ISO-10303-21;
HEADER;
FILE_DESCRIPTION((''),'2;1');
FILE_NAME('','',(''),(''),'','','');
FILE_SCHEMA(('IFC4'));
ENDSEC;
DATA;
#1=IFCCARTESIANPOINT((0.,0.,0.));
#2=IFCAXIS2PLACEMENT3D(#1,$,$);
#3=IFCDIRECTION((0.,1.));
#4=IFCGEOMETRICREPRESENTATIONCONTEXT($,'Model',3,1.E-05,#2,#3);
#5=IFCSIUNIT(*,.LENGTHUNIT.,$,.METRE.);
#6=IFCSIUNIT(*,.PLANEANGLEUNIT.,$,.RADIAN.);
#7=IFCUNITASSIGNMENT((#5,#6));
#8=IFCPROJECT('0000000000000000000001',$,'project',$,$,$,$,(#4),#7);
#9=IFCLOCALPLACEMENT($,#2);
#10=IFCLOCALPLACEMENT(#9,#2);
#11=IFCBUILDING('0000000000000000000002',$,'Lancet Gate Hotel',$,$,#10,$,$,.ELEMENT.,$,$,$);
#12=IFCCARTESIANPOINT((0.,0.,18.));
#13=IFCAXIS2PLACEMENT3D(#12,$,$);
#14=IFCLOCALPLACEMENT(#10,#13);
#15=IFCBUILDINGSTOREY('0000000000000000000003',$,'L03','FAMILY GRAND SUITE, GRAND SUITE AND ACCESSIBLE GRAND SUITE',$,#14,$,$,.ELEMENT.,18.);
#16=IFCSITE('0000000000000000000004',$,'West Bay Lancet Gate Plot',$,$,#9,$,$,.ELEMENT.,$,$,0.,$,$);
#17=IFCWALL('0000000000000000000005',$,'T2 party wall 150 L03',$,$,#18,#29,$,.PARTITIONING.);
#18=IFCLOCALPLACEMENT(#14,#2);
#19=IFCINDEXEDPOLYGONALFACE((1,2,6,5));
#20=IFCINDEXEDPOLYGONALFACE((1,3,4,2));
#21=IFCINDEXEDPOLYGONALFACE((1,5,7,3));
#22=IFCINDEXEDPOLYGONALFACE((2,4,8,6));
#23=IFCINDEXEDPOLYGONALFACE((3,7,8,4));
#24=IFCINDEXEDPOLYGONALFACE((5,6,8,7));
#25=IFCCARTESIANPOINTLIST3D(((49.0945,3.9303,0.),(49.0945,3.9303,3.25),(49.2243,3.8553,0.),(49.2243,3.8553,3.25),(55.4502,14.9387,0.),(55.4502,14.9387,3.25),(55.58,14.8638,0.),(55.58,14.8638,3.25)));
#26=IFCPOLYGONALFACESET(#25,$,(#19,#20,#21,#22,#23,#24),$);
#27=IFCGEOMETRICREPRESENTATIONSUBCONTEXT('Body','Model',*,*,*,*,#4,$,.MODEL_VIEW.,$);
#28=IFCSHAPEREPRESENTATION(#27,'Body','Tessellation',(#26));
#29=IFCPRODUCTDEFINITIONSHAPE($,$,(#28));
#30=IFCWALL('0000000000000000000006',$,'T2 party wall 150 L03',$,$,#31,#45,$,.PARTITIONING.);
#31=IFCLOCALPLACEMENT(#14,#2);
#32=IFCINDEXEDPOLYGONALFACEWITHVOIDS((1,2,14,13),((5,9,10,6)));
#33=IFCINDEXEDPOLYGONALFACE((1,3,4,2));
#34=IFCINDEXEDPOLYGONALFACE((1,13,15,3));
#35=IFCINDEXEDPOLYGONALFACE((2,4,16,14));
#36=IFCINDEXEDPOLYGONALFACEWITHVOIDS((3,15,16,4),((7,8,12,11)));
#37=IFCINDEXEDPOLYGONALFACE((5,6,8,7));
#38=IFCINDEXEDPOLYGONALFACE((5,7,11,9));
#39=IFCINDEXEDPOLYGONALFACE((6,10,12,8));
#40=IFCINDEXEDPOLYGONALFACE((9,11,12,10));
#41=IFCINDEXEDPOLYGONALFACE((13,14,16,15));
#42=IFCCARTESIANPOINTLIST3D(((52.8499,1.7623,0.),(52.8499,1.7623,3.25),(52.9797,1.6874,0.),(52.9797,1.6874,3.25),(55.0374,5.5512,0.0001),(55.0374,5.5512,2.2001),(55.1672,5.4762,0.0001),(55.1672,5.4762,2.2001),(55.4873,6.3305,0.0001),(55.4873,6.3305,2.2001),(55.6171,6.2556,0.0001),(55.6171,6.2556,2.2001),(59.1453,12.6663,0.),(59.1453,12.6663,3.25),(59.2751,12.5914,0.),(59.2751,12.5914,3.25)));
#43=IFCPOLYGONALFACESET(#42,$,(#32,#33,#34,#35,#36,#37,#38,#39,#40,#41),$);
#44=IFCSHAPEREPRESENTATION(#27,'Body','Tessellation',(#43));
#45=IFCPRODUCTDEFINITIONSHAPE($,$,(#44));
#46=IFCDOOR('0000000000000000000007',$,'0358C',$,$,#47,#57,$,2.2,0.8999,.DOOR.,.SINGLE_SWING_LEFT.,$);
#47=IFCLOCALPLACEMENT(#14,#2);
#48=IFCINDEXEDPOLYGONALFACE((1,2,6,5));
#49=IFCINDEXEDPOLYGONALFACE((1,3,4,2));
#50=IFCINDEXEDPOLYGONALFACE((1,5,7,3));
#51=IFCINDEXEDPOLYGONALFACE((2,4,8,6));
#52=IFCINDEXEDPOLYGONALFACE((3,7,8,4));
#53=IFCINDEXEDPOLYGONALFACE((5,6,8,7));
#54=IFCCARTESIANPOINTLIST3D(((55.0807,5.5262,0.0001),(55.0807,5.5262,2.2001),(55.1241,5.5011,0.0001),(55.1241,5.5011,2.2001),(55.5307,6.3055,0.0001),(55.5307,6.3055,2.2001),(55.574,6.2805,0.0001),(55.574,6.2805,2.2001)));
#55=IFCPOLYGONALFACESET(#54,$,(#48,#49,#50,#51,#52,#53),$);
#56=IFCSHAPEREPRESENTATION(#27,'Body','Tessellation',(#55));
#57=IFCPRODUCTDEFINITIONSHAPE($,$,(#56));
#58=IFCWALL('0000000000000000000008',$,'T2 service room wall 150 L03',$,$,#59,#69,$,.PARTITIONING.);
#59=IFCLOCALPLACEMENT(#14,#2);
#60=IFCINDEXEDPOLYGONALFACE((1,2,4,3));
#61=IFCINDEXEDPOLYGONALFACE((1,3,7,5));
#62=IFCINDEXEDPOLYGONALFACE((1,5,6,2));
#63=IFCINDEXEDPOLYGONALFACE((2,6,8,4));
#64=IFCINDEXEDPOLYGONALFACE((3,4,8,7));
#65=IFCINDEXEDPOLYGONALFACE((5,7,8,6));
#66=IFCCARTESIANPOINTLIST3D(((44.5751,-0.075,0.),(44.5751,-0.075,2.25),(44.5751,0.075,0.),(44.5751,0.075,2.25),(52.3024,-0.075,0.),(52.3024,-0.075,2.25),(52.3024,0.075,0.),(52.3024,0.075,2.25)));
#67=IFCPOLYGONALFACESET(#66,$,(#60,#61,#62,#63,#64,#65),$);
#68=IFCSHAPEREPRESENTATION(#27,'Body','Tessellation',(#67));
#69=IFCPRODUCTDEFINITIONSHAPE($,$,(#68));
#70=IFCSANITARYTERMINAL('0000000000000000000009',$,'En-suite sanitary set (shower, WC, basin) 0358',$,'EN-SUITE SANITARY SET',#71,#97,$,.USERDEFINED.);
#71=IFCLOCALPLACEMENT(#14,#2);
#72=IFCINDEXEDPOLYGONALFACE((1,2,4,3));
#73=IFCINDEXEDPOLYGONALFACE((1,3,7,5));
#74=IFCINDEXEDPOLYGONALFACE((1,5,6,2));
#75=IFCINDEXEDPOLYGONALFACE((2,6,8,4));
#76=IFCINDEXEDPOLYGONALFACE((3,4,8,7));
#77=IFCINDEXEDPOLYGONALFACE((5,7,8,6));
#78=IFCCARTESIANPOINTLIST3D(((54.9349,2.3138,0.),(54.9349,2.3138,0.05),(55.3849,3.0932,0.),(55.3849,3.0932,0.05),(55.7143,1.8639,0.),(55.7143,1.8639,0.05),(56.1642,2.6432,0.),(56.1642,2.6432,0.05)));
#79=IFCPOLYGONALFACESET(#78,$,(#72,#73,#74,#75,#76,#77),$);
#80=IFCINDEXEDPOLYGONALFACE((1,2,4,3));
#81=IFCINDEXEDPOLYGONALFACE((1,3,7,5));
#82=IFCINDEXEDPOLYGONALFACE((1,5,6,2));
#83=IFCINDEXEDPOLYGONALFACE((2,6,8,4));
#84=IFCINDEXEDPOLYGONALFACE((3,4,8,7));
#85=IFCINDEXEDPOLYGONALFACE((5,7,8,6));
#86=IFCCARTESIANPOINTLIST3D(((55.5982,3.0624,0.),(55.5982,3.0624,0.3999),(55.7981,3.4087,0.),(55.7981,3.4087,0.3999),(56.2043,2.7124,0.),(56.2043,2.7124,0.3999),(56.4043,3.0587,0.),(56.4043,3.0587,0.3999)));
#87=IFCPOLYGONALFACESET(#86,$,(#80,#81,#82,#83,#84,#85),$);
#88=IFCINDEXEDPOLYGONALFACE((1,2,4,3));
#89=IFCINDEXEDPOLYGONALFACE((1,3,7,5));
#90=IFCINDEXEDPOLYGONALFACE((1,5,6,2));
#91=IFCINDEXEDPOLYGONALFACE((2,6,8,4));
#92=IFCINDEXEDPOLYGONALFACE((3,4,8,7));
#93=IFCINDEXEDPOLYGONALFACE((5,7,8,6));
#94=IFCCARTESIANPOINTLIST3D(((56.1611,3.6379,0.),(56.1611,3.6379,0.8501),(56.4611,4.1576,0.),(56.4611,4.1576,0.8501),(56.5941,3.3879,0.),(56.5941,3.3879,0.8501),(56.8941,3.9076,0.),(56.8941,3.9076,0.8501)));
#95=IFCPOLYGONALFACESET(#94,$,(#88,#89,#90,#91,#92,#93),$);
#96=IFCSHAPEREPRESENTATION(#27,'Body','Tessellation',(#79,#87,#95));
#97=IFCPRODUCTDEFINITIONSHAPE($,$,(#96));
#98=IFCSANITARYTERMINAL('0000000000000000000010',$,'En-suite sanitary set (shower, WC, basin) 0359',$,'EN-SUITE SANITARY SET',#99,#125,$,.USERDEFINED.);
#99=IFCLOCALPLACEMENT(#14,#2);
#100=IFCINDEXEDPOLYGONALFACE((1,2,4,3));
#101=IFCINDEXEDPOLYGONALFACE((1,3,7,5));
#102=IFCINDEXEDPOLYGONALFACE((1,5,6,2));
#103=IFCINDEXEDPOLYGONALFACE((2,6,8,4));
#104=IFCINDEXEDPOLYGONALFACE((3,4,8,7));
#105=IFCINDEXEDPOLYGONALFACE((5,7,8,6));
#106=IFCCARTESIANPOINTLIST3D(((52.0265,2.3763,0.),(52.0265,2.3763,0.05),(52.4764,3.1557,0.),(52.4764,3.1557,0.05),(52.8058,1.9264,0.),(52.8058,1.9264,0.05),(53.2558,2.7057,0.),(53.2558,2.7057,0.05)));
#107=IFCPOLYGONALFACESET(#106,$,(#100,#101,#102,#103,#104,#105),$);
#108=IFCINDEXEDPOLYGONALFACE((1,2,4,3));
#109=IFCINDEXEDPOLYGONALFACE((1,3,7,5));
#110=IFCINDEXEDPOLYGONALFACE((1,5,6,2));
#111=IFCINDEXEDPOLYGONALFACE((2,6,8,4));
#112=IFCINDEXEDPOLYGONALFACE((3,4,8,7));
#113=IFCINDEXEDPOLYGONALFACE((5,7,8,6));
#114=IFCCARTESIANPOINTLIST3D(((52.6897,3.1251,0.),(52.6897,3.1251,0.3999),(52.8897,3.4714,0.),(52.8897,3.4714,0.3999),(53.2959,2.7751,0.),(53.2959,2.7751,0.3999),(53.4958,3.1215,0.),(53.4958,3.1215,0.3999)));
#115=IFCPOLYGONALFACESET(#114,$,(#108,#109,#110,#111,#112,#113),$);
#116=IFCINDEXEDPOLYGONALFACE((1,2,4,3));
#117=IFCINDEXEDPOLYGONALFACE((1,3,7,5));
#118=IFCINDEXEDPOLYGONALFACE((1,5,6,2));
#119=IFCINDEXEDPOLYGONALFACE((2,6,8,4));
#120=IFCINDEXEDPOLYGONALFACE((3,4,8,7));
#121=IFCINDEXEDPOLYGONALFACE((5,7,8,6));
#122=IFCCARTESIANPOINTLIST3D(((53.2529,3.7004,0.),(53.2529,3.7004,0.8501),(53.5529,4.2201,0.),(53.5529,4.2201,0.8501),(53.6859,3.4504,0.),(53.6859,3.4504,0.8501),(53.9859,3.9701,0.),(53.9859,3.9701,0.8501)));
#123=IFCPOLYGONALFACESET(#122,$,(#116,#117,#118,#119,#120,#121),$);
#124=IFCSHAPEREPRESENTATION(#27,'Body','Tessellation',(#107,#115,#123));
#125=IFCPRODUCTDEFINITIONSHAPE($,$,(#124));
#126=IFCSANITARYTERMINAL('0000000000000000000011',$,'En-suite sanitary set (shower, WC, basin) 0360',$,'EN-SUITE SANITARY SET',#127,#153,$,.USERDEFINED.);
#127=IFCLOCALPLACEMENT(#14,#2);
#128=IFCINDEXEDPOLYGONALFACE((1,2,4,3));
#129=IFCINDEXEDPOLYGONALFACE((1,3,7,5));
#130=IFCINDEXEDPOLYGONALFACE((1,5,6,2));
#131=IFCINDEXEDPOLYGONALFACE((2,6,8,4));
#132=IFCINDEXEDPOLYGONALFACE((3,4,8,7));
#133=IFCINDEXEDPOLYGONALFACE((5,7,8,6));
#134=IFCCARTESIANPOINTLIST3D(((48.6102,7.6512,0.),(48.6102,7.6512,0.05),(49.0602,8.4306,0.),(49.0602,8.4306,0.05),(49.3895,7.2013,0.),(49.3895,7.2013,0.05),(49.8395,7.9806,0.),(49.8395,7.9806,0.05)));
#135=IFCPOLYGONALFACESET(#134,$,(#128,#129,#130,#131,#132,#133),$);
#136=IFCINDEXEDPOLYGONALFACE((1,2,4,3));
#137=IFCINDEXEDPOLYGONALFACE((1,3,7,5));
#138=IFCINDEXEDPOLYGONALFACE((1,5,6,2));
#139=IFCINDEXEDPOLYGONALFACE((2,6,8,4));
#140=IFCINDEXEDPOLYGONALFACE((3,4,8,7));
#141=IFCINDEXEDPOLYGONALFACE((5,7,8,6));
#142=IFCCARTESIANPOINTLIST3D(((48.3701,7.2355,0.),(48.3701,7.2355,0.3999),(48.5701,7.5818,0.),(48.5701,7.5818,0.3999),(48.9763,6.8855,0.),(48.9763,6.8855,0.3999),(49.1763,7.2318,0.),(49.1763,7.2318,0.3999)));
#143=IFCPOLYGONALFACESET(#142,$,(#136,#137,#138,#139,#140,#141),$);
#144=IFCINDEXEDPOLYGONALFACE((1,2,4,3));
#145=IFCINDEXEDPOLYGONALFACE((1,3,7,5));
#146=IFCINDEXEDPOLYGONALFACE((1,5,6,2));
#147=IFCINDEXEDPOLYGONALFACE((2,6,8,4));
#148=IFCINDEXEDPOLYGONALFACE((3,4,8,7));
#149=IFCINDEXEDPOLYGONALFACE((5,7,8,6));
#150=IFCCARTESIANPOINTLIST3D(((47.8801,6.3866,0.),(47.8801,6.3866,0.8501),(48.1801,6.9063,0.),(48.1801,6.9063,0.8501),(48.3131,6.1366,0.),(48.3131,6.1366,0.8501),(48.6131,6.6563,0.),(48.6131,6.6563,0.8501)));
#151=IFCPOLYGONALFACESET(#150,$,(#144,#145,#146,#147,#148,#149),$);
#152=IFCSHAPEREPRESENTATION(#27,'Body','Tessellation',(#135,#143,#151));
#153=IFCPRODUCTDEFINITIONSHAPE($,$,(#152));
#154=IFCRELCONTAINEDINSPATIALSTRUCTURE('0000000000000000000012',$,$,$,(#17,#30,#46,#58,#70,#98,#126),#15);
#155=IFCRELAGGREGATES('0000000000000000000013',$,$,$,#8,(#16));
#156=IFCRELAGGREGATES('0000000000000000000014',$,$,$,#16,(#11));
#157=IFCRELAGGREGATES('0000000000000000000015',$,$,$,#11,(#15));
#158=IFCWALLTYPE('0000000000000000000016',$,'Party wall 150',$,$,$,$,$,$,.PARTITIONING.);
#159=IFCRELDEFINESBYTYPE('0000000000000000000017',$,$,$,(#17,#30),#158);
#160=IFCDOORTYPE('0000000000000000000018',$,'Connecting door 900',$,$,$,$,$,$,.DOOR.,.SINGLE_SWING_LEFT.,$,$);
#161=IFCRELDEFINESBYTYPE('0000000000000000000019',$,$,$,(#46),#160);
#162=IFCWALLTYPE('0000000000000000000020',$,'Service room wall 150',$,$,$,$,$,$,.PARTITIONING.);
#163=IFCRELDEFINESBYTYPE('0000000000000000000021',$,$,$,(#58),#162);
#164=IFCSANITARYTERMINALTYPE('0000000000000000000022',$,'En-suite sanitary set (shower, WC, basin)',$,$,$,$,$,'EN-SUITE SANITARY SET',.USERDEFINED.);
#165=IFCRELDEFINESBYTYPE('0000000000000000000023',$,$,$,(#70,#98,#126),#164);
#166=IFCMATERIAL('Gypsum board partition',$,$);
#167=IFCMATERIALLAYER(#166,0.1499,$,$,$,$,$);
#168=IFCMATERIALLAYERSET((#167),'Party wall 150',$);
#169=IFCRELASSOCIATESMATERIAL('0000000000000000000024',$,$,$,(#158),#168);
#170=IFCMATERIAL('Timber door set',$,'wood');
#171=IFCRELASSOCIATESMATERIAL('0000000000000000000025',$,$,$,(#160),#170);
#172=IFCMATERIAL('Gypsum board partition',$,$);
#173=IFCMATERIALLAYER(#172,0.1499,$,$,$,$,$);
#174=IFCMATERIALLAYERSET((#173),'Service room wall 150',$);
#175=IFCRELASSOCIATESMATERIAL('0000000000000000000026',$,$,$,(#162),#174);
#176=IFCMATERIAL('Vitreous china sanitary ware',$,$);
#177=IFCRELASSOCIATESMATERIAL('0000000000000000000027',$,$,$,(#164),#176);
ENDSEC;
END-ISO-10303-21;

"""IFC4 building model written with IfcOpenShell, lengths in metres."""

from ifc_helpers import new_model, si_unit, direction, frame, frame_2d, origin, origin_2d, place, context, subcontext, project, spatial, rectangle, extrude, material, layer, layer_set, type_object, element, fill, save


model = new_model("IFC4")

# Units and contexts
model_context = context("Model", 3, precision=1e-05, world=origin(), true_north=direction((0.0, 1.0)))
body_context = subcontext(model_context, "Body", "Model", "MODEL_VIEW")
ifc_project = project(units=[si_unit("LENGTHUNIT", "METRE"), si_unit("PLANEANGLEUNIT", "RADIAN")], contexts=[model_context])

# Site, building, storey
site_placement = place(None, origin())
site = spatial("IfcSite", under=ifc_project, at=site_placement, Name="West Bay Lancet Gate Plot", CompositionType="ELEMENT", RefElevation=0.0)
building_placement = place(site_placement, origin())
building = spatial("IfcBuilding", under=site, at=building_placement, Name="Lancet Gate Hotel", CompositionType="ELEMENT")
storey_placement = place(building_placement, frame((0.0, 0.0, 18.0)))
storey = spatial("IfcBuildingStorey", under=building, at=storey_placement, Name="L03", Description="FAMILY GRAND SUITE, GRAND SUITE AND ACCESSIBLE GRAND SUITE", CompositionType="ELEMENT", Elevation=18.0)

# Wall
ifc_material_1 = material(Name="Gypsum board partition")
ifc_layer_1 = layer(ifc_material_1, 0.1499)
ifc_layer_set_1 = layer_set([ifc_layer_1], Name="Party wall 150")
wall_type_1 = type_object("IfcWallType", Name="Party wall 150", PredefinedType="PARTITIONING", material=ifc_layer_set_1)
wall_1_placement = place(storey_placement, frame((49.1594, 3.8928, 0.0), z_axis=(0.0, 0.0, 1.0), x_axis=(0.499996, 0.866028, 0.0)))
element("IfcWall", 1, at=wall_1_placement, inside=storey, type_object=wall_type_1, Name="T2 party wall 150 L03", PredefinedType="PARTITIONING", context=body_context, shape_type="SweptSolid", body=[
    extrude(rectangle(XDim=12.7114, YDim=0.1499, at=frame_2d((6.3557, 0.0))), origin(), (0.0, 0.0, 1.0), 3.25),
])

# Wall, opening, door
wall_2_placement = place(storey_placement, frame((52.9148, 1.7249, 0.0), z_axis=(0.0, 0.0, 1.0), x_axis=(0.499997, 0.866027, 0.0)))
wall_2 = element("IfcWall", 2, at=wall_2_placement, inside=storey, type_object=wall_type_1, Name="T2 party wall 150 L03", PredefinedType="PARTITIONING", context=body_context, shape_type="SweptSolid", body=[
    extrude(rectangle(XDim=12.5908, YDim=0.1499, at=frame_2d((6.2954, 0.0))), origin(), (0.0, 0.0, 1.0), 3.25),
])
opening_1_placement = place(wall_2_placement, frame((4.375, 0.0, 0.0)))
opening_1 = element("IfcOpeningElement", 3, at=opening_1_placement, cuts=wall_2, PredefinedType="OPENING", context=body_context, shape_type="SweptSolid", body=[
    extrude(rectangle(XDim=0.8999, YDim=2.2, at=frame_2d((0.45, 1.1001))), frame((0.0, 0.085, 0.0), z_axis=(0.0, -1.0, 0.0), x_axis=(1.0, 0.0, 0.0)), (0.0, 0.0, 1.0), 0.1699),
])
ifc_material_2 = material(Name="Timber door set", Category="wood")
door_type_1 = type_object("IfcDoorType", Name="Connecting door 900", OperationType="SINGLE_SWING_LEFT", PredefinedType="DOOR", material=ifc_material_2)
door_1_placement = place(opening_1_placement, origin())
door_1 = element("IfcDoor", 4, at=door_1_placement, inside=storey, type_object=door_type_1, Name="0358C", OperationType="SINGLE_SWING_LEFT", OverallHeight=2.2, OverallWidth=0.8999, PredefinedType="DOOR", context=body_context, shape_type="SweptSolid", body=[
    extrude(rectangle(XDim=0.8999, YDim=2.2, at=frame_2d((0.45, 1.1001))), frame((0.0, 0.0249, 0.0), z_axis=(0.0, -1.0, 0.0), x_axis=(1.0, 0.0, 0.0)), (0.0, 0.0, 1.0), 0.05),
])
fill(opening_1, door_1)

# Wall
ifc_material_3 = material(Name="Gypsum board partition")
ifc_layer_2 = layer(ifc_material_3, 0.1499)
ifc_layer_set_2 = layer_set([ifc_layer_2], Name="Service room wall 150")
wall_type_2 = type_object("IfcWallType", Name="Service room wall 150", PredefinedType="PARTITIONING", material=ifc_layer_set_2)
wall_3_placement = place(storey_placement, frame((44.575, 0.0, 0.0), z_axis=(0.0, 0.0, 1.0), x_axis=(1.0, 0.0, 0.0)))
element("IfcWall", 5, at=wall_3_placement, inside=storey, type_object=wall_type_2, Name="T2 service room wall 150 L03", PredefinedType="PARTITIONING", context=body_context, shape_type="SweptSolid", body=[
    extrude(rectangle(XDim=7.7273, YDim=0.1499, at=frame_2d((3.8638, 0.0))), origin(), (0.0, 0.0, 1.0), 2.25),
])

# Sanitary terminals
ifc_material_4 = material(Name="Vitreous china sanitary ware")
sanitary_terminal_type = type_object("IfcSanitaryTerminalType", Name="En-suite sanitary set (shower, WC, basin)", ElementType="EN-SUITE SANITARY SET", PredefinedType="USERDEFINED", material=ifc_material_4)
sanitary_terminal_1_placement = place(storey_placement, frame((55.5496, 2.4785, 0.0), z_axis=(0.0, 0.0, 1.0), x_axis=(1.0, 0.0, 0.0)))
element("IfcSanitaryTerminal", 6, at=sanitary_terminal_1_placement, inside=storey, type_object=sanitary_terminal_type, Name="En-suite sanitary set (shower, WC, basin) 0358", ObjectType="EN-SUITE SANITARY SET", PredefinedType="USERDEFINED", context=body_context, shape_type="SweptSolid", body=[
    extrude(rectangle(XDim=0.8999, YDim=0.8999, at=origin_2d()), frame((0.0, 0.0, 0.0), z_axis=(0.0, 0.0, 1.0), x_axis=(-0.5, -0.866025, 0.0)), (0.0, 0.0, 1.0), 0.05),
    extrude(rectangle(XDim=0.3999, YDim=0.7, at=origin_2d()), frame((0.4517, 0.582, 0.0), z_axis=(0.0, 0.0, 1.0), x_axis=(-0.5, -0.866025, 0.0)), (0.0, 0.0, 1.0), 0.3999),
    extrude(rectangle(XDim=0.6001, YDim=0.5, at=origin_2d()), frame((0.978, 1.2942, 0.0), z_axis=(0.0, 0.0, 1.0), x_axis=(-0.5, -0.866025, 0.0)), (0.0, 0.0, 1.0), 0.8501),
])
sanitary_terminal_2_placement = place(storey_placement, frame((52.6411, 2.541, 0.0), z_axis=(0.0, 0.0, 1.0), x_axis=(1.0, 0.0, 0.0)))
element("IfcSanitaryTerminal", 7, at=sanitary_terminal_2_placement, inside=storey, type_object=sanitary_terminal_type, Name="En-suite sanitary set (shower, WC, basin) 0359", ObjectType="EN-SUITE SANITARY SET", PredefinedType="USERDEFINED", context=body_context, shape_type="SweptSolid", body=[
    extrude(rectangle(XDim=0.8999, YDim=0.8999, at=origin_2d()), frame((0.0, 0.0, 0.0), z_axis=(0.0, 0.0, 1.0), x_axis=(-0.5, -0.866025, 0.0)), (0.0, 0.0, 1.0), 0.05),
    extrude(rectangle(XDim=0.3999, YDim=0.7, at=origin_2d()), frame((0.4517, 0.5823, 0.0), z_axis=(0.0, 0.0, 1.0), x_axis=(-0.5, -0.866025, 0.0)), (0.0, 0.0, 1.0), 0.3999),
    extrude(rectangle(XDim=0.6001, YDim=0.5, at=origin_2d()), frame((0.9783, 1.2942, 0.0), z_axis=(0.0, 0.0, 1.0), x_axis=(-0.5, -0.866025, 0.0)), (0.0, 0.0, 1.0), 0.8501),
])
sanitary_terminal_3_placement = place(storey_placement, frame((49.2249, 7.8159, 0.0), z_axis=(0.0, 0.0, 1.0), x_axis=(1.0, 0.0, 0.0)))
element("IfcSanitaryTerminal", 8, at=sanitary_terminal_3_placement, inside=storey, type_object=sanitary_terminal_type, Name="En-suite sanitary set (shower, WC, basin) 0360", ObjectType="EN-SUITE SANITARY SET", PredefinedType="USERDEFINED", context=body_context, shape_type="SweptSolid", body=[
    extrude(rectangle(XDim=0.8999, YDim=0.8999, at=origin_2d()), frame((0.0, 0.0, 0.0), z_axis=(0.0, 0.0, 1.0), x_axis=(0.5, 0.866025, 0.0)), (0.0, 0.0, 1.0), 0.05),
    extrude(rectangle(XDim=0.3999, YDim=0.7, at=origin_2d()), frame((-0.4517, -0.5823, 0.0), z_axis=(0.0, 0.0, 1.0), x_axis=(0.5, 0.866025, 0.0)), (0.0, 0.0, 1.0), 0.3999),
    extrude(rectangle(XDim=0.6001, YDim=0.5, at=origin_2d()), frame((-0.9783, -1.2944, 0.0), z_axis=(0.0, 0.0, 1.0), x_axis=(0.5, 0.866025, 0.0)), (0.0, 0.0, 1.0), 0.8501),
])

save(model, "model.ifc")
